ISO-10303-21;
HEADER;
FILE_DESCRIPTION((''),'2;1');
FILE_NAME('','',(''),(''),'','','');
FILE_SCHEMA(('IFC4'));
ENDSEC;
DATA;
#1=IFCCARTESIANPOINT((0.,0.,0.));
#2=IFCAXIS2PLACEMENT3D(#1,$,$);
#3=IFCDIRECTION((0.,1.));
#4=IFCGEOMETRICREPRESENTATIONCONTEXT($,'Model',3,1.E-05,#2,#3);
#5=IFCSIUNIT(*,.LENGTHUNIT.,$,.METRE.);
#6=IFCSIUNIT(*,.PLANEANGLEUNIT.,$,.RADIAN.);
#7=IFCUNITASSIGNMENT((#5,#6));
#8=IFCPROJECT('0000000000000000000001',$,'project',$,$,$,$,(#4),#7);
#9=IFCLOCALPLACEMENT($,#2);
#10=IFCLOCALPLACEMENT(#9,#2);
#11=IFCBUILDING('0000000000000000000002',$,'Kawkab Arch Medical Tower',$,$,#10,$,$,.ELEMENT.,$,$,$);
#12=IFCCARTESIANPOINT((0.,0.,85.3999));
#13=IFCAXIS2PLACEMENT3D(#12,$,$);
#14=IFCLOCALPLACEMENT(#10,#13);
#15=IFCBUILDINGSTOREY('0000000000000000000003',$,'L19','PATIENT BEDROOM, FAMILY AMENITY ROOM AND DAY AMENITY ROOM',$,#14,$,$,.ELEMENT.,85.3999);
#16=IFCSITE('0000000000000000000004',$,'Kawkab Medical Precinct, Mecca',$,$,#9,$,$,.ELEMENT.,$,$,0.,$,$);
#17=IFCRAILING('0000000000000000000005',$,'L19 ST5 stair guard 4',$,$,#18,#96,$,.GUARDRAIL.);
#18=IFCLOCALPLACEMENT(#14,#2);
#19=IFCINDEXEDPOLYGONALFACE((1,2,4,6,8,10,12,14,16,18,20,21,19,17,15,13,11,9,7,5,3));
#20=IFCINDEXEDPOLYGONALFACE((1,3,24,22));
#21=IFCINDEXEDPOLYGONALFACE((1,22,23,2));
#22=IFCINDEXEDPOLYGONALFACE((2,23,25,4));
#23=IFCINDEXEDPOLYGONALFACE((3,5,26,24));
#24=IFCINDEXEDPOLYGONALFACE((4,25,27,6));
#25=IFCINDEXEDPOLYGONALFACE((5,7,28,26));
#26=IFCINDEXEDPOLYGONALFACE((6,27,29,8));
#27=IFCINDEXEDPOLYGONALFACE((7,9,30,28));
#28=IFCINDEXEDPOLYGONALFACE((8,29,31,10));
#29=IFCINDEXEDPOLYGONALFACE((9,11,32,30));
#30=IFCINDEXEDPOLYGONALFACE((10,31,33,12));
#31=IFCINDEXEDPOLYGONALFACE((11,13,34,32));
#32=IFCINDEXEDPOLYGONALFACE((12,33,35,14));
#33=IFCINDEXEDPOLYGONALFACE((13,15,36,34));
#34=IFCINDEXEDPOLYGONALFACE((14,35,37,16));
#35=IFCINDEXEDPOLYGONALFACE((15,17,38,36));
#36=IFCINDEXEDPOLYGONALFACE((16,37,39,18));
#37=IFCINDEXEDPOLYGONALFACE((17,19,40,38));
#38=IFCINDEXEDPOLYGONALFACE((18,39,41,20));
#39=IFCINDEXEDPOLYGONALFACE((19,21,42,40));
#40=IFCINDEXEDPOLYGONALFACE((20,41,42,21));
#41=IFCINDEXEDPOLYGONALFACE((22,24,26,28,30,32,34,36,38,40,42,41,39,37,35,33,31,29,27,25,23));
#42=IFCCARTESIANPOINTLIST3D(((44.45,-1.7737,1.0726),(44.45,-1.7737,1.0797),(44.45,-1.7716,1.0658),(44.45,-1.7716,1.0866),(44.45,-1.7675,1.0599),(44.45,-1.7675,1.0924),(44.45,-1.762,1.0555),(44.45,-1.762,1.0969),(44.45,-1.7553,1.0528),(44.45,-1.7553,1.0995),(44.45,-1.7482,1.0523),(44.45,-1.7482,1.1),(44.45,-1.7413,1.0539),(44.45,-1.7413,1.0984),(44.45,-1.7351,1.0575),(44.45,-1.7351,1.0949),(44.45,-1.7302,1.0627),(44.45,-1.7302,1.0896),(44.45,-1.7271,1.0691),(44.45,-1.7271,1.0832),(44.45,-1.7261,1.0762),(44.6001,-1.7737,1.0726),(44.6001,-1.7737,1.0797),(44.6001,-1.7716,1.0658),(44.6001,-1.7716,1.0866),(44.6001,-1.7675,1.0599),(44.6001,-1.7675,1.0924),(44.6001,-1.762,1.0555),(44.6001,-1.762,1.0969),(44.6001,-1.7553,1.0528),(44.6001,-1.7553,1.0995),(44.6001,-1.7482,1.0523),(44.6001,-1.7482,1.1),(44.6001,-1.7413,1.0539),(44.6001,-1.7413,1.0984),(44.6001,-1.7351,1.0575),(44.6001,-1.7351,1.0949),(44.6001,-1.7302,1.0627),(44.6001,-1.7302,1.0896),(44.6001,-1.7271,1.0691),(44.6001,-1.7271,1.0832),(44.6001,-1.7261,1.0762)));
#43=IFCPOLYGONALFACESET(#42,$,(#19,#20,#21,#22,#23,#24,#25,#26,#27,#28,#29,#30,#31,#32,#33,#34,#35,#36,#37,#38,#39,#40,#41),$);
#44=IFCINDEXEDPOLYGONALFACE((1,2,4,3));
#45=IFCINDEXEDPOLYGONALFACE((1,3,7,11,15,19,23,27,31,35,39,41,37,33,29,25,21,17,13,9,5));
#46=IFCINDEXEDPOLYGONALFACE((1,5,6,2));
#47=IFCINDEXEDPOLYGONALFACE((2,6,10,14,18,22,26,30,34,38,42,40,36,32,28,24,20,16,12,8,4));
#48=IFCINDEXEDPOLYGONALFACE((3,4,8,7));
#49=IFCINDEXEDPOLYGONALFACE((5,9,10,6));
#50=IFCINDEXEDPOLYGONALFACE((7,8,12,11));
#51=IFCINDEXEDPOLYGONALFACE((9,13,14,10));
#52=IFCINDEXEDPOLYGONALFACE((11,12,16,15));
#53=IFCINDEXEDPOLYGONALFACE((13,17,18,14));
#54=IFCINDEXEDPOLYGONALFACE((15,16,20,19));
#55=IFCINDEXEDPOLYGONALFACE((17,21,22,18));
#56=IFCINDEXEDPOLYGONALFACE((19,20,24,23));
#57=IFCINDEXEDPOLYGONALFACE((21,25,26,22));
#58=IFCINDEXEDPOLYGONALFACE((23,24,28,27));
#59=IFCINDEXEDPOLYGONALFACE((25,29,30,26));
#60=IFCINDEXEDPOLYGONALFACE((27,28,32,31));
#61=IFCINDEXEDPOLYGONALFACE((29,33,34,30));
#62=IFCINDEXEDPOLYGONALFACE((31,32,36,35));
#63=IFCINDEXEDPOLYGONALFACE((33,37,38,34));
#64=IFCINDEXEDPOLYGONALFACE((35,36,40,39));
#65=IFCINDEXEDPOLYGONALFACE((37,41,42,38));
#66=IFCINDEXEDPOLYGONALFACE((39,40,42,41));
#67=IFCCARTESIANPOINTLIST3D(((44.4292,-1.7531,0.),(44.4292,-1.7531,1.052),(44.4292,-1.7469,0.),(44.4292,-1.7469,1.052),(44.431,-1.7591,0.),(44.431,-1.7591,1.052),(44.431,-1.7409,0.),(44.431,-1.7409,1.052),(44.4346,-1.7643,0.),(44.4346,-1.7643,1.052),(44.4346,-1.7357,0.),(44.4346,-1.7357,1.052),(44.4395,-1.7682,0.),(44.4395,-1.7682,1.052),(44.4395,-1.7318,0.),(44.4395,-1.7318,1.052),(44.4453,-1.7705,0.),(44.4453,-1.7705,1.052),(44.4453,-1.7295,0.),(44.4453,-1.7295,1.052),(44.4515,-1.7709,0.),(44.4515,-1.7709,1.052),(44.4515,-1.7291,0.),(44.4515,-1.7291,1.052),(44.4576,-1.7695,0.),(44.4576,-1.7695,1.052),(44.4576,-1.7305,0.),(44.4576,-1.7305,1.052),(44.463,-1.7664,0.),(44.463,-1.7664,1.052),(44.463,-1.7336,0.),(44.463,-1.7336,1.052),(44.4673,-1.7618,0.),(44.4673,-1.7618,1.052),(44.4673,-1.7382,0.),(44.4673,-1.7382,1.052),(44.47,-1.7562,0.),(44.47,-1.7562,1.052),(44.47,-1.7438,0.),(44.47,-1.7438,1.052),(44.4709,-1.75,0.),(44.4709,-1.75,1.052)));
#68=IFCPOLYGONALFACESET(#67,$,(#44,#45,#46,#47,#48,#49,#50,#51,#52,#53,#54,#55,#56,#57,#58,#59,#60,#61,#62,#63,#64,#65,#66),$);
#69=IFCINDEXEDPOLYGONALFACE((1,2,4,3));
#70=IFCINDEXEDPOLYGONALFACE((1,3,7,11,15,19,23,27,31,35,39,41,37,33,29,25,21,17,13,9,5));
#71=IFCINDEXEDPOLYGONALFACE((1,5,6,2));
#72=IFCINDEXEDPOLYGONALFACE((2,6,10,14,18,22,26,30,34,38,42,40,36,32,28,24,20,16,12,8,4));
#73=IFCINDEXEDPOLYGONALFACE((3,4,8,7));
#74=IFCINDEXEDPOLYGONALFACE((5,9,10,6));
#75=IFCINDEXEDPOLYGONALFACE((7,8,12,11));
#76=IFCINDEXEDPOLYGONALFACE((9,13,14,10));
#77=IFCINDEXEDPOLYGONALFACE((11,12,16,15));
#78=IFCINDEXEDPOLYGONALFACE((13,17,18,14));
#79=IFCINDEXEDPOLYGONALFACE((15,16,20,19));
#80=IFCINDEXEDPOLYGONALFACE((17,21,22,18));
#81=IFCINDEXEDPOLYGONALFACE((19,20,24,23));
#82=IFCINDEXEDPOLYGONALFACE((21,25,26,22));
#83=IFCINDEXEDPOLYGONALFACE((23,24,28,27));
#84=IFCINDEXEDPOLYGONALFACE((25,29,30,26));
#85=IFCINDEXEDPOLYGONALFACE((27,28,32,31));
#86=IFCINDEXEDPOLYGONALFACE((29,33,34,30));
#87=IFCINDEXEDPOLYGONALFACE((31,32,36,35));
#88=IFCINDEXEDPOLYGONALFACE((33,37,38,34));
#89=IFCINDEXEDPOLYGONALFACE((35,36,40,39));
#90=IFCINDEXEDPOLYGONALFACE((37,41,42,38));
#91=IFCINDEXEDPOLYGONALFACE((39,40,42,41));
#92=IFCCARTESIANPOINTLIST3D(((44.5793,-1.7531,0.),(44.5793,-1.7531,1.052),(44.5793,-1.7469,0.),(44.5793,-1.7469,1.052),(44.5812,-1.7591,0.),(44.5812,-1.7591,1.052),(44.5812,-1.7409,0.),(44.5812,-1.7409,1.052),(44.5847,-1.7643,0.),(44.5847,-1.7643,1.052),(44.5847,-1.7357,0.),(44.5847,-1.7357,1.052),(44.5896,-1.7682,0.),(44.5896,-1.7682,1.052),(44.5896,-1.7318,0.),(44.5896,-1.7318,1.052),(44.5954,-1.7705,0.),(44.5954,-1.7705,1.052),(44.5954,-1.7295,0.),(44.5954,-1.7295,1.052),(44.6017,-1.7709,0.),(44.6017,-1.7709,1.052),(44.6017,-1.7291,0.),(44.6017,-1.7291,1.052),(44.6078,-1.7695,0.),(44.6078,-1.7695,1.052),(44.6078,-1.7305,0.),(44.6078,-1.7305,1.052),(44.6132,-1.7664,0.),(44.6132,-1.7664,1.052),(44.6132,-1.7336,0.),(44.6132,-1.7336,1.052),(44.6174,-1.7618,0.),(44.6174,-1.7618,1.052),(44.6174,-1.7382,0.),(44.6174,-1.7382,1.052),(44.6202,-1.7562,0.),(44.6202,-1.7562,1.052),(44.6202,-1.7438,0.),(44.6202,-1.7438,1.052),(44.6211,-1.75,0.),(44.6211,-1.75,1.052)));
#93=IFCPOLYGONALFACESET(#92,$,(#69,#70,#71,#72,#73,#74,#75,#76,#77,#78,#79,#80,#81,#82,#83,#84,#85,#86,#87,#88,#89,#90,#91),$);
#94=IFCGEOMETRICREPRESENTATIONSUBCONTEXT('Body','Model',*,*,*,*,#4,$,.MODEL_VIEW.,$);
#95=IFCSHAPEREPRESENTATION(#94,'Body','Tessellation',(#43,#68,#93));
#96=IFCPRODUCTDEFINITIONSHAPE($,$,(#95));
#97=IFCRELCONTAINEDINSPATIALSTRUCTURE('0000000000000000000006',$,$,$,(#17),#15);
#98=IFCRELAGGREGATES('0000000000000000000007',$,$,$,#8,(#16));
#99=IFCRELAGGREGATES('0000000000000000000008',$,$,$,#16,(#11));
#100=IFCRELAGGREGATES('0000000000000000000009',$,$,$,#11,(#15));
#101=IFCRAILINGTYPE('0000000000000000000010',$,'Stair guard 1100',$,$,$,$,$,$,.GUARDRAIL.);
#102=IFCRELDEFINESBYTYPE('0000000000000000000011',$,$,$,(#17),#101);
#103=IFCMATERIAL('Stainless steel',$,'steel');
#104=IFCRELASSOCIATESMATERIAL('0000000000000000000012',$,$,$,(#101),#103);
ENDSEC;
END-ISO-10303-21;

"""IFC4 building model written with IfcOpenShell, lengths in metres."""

from ifc_helpers import new_model, si_unit, direction, frame, origin, origin_2d, place, context, subcontext, project, spatial, circle, extrude, material, type_object, element, save


model = new_model("IFC4")

# Units and contexts
model_context = context("Model", 3, precision=1e-05, world=origin(), true_north=direction((0.0, 1.0)))
body_context = subcontext(model_context, "Body", "Model", "MODEL_VIEW")
ifc_project = project(units=[si_unit("LENGTHUNIT", "METRE"), si_unit("PLANEANGLEUNIT", "RADIAN")], contexts=[model_context])

# Site, building, storey
site_placement = place(None, origin())
site = spatial("IfcSite", under=ifc_project, at=site_placement, Name="Kawkab Medical Precinct, Mecca", CompositionType="ELEMENT", RefElevation=0.0)
building_placement = place(site_placement, origin())
building = spatial("IfcBuilding", under=site, at=building_placement, Name="Kawkab Arch Medical Tower", CompositionType="ELEMENT")
storey_placement = place(building_placement, frame((0.0, 0.0, 85.3999)))
storey = spatial("IfcBuildingStorey", under=building, at=storey_placement, Name="L19", Description="PATIENT BEDROOM, FAMILY AMENITY ROOM AND DAY AMENITY ROOM", CompositionType="ELEMENT", Elevation=85.3999)

# Railing
ifc_material_1 = material(Name="Stainless steel", Category="steel")
railing_type_1 = type_object("IfcRailingType", Name="Stair guard 1100", PredefinedType="GUARDRAIL", material=ifc_material_1)
railing_1_placement = place(storey_placement, frame((44.45, -1.75, 0.0)))
element("IfcRailing", 1, at=railing_1_placement, inside=storey, type_object=railing_type_1, Name="L19 ST5 stair guard 4", PredefinedType="GUARDRAIL", context=body_context, shape_type="SweptSolid", body=[
    extrude(circle(Radius=0.0239, at=origin_2d()), frame((0.0, 0.0, 1.0762), z_axis=(1.0, 0.0, 0.0), x_axis=(0.0, 1.0, 0.0)), (0.0, 0.0, 1.0), 0.1501),
    extrude(circle(Radius=0.021, at=origin_2d()), origin(), (0.0, 0.0, 1.0), 1.052),
    extrude(circle(Radius=0.021, at=origin_2d()), frame((0.1501, 0.0, 0.0)), (0.0, 0.0, 1.0), 1.052),
])

save(model, "model.ifc")
